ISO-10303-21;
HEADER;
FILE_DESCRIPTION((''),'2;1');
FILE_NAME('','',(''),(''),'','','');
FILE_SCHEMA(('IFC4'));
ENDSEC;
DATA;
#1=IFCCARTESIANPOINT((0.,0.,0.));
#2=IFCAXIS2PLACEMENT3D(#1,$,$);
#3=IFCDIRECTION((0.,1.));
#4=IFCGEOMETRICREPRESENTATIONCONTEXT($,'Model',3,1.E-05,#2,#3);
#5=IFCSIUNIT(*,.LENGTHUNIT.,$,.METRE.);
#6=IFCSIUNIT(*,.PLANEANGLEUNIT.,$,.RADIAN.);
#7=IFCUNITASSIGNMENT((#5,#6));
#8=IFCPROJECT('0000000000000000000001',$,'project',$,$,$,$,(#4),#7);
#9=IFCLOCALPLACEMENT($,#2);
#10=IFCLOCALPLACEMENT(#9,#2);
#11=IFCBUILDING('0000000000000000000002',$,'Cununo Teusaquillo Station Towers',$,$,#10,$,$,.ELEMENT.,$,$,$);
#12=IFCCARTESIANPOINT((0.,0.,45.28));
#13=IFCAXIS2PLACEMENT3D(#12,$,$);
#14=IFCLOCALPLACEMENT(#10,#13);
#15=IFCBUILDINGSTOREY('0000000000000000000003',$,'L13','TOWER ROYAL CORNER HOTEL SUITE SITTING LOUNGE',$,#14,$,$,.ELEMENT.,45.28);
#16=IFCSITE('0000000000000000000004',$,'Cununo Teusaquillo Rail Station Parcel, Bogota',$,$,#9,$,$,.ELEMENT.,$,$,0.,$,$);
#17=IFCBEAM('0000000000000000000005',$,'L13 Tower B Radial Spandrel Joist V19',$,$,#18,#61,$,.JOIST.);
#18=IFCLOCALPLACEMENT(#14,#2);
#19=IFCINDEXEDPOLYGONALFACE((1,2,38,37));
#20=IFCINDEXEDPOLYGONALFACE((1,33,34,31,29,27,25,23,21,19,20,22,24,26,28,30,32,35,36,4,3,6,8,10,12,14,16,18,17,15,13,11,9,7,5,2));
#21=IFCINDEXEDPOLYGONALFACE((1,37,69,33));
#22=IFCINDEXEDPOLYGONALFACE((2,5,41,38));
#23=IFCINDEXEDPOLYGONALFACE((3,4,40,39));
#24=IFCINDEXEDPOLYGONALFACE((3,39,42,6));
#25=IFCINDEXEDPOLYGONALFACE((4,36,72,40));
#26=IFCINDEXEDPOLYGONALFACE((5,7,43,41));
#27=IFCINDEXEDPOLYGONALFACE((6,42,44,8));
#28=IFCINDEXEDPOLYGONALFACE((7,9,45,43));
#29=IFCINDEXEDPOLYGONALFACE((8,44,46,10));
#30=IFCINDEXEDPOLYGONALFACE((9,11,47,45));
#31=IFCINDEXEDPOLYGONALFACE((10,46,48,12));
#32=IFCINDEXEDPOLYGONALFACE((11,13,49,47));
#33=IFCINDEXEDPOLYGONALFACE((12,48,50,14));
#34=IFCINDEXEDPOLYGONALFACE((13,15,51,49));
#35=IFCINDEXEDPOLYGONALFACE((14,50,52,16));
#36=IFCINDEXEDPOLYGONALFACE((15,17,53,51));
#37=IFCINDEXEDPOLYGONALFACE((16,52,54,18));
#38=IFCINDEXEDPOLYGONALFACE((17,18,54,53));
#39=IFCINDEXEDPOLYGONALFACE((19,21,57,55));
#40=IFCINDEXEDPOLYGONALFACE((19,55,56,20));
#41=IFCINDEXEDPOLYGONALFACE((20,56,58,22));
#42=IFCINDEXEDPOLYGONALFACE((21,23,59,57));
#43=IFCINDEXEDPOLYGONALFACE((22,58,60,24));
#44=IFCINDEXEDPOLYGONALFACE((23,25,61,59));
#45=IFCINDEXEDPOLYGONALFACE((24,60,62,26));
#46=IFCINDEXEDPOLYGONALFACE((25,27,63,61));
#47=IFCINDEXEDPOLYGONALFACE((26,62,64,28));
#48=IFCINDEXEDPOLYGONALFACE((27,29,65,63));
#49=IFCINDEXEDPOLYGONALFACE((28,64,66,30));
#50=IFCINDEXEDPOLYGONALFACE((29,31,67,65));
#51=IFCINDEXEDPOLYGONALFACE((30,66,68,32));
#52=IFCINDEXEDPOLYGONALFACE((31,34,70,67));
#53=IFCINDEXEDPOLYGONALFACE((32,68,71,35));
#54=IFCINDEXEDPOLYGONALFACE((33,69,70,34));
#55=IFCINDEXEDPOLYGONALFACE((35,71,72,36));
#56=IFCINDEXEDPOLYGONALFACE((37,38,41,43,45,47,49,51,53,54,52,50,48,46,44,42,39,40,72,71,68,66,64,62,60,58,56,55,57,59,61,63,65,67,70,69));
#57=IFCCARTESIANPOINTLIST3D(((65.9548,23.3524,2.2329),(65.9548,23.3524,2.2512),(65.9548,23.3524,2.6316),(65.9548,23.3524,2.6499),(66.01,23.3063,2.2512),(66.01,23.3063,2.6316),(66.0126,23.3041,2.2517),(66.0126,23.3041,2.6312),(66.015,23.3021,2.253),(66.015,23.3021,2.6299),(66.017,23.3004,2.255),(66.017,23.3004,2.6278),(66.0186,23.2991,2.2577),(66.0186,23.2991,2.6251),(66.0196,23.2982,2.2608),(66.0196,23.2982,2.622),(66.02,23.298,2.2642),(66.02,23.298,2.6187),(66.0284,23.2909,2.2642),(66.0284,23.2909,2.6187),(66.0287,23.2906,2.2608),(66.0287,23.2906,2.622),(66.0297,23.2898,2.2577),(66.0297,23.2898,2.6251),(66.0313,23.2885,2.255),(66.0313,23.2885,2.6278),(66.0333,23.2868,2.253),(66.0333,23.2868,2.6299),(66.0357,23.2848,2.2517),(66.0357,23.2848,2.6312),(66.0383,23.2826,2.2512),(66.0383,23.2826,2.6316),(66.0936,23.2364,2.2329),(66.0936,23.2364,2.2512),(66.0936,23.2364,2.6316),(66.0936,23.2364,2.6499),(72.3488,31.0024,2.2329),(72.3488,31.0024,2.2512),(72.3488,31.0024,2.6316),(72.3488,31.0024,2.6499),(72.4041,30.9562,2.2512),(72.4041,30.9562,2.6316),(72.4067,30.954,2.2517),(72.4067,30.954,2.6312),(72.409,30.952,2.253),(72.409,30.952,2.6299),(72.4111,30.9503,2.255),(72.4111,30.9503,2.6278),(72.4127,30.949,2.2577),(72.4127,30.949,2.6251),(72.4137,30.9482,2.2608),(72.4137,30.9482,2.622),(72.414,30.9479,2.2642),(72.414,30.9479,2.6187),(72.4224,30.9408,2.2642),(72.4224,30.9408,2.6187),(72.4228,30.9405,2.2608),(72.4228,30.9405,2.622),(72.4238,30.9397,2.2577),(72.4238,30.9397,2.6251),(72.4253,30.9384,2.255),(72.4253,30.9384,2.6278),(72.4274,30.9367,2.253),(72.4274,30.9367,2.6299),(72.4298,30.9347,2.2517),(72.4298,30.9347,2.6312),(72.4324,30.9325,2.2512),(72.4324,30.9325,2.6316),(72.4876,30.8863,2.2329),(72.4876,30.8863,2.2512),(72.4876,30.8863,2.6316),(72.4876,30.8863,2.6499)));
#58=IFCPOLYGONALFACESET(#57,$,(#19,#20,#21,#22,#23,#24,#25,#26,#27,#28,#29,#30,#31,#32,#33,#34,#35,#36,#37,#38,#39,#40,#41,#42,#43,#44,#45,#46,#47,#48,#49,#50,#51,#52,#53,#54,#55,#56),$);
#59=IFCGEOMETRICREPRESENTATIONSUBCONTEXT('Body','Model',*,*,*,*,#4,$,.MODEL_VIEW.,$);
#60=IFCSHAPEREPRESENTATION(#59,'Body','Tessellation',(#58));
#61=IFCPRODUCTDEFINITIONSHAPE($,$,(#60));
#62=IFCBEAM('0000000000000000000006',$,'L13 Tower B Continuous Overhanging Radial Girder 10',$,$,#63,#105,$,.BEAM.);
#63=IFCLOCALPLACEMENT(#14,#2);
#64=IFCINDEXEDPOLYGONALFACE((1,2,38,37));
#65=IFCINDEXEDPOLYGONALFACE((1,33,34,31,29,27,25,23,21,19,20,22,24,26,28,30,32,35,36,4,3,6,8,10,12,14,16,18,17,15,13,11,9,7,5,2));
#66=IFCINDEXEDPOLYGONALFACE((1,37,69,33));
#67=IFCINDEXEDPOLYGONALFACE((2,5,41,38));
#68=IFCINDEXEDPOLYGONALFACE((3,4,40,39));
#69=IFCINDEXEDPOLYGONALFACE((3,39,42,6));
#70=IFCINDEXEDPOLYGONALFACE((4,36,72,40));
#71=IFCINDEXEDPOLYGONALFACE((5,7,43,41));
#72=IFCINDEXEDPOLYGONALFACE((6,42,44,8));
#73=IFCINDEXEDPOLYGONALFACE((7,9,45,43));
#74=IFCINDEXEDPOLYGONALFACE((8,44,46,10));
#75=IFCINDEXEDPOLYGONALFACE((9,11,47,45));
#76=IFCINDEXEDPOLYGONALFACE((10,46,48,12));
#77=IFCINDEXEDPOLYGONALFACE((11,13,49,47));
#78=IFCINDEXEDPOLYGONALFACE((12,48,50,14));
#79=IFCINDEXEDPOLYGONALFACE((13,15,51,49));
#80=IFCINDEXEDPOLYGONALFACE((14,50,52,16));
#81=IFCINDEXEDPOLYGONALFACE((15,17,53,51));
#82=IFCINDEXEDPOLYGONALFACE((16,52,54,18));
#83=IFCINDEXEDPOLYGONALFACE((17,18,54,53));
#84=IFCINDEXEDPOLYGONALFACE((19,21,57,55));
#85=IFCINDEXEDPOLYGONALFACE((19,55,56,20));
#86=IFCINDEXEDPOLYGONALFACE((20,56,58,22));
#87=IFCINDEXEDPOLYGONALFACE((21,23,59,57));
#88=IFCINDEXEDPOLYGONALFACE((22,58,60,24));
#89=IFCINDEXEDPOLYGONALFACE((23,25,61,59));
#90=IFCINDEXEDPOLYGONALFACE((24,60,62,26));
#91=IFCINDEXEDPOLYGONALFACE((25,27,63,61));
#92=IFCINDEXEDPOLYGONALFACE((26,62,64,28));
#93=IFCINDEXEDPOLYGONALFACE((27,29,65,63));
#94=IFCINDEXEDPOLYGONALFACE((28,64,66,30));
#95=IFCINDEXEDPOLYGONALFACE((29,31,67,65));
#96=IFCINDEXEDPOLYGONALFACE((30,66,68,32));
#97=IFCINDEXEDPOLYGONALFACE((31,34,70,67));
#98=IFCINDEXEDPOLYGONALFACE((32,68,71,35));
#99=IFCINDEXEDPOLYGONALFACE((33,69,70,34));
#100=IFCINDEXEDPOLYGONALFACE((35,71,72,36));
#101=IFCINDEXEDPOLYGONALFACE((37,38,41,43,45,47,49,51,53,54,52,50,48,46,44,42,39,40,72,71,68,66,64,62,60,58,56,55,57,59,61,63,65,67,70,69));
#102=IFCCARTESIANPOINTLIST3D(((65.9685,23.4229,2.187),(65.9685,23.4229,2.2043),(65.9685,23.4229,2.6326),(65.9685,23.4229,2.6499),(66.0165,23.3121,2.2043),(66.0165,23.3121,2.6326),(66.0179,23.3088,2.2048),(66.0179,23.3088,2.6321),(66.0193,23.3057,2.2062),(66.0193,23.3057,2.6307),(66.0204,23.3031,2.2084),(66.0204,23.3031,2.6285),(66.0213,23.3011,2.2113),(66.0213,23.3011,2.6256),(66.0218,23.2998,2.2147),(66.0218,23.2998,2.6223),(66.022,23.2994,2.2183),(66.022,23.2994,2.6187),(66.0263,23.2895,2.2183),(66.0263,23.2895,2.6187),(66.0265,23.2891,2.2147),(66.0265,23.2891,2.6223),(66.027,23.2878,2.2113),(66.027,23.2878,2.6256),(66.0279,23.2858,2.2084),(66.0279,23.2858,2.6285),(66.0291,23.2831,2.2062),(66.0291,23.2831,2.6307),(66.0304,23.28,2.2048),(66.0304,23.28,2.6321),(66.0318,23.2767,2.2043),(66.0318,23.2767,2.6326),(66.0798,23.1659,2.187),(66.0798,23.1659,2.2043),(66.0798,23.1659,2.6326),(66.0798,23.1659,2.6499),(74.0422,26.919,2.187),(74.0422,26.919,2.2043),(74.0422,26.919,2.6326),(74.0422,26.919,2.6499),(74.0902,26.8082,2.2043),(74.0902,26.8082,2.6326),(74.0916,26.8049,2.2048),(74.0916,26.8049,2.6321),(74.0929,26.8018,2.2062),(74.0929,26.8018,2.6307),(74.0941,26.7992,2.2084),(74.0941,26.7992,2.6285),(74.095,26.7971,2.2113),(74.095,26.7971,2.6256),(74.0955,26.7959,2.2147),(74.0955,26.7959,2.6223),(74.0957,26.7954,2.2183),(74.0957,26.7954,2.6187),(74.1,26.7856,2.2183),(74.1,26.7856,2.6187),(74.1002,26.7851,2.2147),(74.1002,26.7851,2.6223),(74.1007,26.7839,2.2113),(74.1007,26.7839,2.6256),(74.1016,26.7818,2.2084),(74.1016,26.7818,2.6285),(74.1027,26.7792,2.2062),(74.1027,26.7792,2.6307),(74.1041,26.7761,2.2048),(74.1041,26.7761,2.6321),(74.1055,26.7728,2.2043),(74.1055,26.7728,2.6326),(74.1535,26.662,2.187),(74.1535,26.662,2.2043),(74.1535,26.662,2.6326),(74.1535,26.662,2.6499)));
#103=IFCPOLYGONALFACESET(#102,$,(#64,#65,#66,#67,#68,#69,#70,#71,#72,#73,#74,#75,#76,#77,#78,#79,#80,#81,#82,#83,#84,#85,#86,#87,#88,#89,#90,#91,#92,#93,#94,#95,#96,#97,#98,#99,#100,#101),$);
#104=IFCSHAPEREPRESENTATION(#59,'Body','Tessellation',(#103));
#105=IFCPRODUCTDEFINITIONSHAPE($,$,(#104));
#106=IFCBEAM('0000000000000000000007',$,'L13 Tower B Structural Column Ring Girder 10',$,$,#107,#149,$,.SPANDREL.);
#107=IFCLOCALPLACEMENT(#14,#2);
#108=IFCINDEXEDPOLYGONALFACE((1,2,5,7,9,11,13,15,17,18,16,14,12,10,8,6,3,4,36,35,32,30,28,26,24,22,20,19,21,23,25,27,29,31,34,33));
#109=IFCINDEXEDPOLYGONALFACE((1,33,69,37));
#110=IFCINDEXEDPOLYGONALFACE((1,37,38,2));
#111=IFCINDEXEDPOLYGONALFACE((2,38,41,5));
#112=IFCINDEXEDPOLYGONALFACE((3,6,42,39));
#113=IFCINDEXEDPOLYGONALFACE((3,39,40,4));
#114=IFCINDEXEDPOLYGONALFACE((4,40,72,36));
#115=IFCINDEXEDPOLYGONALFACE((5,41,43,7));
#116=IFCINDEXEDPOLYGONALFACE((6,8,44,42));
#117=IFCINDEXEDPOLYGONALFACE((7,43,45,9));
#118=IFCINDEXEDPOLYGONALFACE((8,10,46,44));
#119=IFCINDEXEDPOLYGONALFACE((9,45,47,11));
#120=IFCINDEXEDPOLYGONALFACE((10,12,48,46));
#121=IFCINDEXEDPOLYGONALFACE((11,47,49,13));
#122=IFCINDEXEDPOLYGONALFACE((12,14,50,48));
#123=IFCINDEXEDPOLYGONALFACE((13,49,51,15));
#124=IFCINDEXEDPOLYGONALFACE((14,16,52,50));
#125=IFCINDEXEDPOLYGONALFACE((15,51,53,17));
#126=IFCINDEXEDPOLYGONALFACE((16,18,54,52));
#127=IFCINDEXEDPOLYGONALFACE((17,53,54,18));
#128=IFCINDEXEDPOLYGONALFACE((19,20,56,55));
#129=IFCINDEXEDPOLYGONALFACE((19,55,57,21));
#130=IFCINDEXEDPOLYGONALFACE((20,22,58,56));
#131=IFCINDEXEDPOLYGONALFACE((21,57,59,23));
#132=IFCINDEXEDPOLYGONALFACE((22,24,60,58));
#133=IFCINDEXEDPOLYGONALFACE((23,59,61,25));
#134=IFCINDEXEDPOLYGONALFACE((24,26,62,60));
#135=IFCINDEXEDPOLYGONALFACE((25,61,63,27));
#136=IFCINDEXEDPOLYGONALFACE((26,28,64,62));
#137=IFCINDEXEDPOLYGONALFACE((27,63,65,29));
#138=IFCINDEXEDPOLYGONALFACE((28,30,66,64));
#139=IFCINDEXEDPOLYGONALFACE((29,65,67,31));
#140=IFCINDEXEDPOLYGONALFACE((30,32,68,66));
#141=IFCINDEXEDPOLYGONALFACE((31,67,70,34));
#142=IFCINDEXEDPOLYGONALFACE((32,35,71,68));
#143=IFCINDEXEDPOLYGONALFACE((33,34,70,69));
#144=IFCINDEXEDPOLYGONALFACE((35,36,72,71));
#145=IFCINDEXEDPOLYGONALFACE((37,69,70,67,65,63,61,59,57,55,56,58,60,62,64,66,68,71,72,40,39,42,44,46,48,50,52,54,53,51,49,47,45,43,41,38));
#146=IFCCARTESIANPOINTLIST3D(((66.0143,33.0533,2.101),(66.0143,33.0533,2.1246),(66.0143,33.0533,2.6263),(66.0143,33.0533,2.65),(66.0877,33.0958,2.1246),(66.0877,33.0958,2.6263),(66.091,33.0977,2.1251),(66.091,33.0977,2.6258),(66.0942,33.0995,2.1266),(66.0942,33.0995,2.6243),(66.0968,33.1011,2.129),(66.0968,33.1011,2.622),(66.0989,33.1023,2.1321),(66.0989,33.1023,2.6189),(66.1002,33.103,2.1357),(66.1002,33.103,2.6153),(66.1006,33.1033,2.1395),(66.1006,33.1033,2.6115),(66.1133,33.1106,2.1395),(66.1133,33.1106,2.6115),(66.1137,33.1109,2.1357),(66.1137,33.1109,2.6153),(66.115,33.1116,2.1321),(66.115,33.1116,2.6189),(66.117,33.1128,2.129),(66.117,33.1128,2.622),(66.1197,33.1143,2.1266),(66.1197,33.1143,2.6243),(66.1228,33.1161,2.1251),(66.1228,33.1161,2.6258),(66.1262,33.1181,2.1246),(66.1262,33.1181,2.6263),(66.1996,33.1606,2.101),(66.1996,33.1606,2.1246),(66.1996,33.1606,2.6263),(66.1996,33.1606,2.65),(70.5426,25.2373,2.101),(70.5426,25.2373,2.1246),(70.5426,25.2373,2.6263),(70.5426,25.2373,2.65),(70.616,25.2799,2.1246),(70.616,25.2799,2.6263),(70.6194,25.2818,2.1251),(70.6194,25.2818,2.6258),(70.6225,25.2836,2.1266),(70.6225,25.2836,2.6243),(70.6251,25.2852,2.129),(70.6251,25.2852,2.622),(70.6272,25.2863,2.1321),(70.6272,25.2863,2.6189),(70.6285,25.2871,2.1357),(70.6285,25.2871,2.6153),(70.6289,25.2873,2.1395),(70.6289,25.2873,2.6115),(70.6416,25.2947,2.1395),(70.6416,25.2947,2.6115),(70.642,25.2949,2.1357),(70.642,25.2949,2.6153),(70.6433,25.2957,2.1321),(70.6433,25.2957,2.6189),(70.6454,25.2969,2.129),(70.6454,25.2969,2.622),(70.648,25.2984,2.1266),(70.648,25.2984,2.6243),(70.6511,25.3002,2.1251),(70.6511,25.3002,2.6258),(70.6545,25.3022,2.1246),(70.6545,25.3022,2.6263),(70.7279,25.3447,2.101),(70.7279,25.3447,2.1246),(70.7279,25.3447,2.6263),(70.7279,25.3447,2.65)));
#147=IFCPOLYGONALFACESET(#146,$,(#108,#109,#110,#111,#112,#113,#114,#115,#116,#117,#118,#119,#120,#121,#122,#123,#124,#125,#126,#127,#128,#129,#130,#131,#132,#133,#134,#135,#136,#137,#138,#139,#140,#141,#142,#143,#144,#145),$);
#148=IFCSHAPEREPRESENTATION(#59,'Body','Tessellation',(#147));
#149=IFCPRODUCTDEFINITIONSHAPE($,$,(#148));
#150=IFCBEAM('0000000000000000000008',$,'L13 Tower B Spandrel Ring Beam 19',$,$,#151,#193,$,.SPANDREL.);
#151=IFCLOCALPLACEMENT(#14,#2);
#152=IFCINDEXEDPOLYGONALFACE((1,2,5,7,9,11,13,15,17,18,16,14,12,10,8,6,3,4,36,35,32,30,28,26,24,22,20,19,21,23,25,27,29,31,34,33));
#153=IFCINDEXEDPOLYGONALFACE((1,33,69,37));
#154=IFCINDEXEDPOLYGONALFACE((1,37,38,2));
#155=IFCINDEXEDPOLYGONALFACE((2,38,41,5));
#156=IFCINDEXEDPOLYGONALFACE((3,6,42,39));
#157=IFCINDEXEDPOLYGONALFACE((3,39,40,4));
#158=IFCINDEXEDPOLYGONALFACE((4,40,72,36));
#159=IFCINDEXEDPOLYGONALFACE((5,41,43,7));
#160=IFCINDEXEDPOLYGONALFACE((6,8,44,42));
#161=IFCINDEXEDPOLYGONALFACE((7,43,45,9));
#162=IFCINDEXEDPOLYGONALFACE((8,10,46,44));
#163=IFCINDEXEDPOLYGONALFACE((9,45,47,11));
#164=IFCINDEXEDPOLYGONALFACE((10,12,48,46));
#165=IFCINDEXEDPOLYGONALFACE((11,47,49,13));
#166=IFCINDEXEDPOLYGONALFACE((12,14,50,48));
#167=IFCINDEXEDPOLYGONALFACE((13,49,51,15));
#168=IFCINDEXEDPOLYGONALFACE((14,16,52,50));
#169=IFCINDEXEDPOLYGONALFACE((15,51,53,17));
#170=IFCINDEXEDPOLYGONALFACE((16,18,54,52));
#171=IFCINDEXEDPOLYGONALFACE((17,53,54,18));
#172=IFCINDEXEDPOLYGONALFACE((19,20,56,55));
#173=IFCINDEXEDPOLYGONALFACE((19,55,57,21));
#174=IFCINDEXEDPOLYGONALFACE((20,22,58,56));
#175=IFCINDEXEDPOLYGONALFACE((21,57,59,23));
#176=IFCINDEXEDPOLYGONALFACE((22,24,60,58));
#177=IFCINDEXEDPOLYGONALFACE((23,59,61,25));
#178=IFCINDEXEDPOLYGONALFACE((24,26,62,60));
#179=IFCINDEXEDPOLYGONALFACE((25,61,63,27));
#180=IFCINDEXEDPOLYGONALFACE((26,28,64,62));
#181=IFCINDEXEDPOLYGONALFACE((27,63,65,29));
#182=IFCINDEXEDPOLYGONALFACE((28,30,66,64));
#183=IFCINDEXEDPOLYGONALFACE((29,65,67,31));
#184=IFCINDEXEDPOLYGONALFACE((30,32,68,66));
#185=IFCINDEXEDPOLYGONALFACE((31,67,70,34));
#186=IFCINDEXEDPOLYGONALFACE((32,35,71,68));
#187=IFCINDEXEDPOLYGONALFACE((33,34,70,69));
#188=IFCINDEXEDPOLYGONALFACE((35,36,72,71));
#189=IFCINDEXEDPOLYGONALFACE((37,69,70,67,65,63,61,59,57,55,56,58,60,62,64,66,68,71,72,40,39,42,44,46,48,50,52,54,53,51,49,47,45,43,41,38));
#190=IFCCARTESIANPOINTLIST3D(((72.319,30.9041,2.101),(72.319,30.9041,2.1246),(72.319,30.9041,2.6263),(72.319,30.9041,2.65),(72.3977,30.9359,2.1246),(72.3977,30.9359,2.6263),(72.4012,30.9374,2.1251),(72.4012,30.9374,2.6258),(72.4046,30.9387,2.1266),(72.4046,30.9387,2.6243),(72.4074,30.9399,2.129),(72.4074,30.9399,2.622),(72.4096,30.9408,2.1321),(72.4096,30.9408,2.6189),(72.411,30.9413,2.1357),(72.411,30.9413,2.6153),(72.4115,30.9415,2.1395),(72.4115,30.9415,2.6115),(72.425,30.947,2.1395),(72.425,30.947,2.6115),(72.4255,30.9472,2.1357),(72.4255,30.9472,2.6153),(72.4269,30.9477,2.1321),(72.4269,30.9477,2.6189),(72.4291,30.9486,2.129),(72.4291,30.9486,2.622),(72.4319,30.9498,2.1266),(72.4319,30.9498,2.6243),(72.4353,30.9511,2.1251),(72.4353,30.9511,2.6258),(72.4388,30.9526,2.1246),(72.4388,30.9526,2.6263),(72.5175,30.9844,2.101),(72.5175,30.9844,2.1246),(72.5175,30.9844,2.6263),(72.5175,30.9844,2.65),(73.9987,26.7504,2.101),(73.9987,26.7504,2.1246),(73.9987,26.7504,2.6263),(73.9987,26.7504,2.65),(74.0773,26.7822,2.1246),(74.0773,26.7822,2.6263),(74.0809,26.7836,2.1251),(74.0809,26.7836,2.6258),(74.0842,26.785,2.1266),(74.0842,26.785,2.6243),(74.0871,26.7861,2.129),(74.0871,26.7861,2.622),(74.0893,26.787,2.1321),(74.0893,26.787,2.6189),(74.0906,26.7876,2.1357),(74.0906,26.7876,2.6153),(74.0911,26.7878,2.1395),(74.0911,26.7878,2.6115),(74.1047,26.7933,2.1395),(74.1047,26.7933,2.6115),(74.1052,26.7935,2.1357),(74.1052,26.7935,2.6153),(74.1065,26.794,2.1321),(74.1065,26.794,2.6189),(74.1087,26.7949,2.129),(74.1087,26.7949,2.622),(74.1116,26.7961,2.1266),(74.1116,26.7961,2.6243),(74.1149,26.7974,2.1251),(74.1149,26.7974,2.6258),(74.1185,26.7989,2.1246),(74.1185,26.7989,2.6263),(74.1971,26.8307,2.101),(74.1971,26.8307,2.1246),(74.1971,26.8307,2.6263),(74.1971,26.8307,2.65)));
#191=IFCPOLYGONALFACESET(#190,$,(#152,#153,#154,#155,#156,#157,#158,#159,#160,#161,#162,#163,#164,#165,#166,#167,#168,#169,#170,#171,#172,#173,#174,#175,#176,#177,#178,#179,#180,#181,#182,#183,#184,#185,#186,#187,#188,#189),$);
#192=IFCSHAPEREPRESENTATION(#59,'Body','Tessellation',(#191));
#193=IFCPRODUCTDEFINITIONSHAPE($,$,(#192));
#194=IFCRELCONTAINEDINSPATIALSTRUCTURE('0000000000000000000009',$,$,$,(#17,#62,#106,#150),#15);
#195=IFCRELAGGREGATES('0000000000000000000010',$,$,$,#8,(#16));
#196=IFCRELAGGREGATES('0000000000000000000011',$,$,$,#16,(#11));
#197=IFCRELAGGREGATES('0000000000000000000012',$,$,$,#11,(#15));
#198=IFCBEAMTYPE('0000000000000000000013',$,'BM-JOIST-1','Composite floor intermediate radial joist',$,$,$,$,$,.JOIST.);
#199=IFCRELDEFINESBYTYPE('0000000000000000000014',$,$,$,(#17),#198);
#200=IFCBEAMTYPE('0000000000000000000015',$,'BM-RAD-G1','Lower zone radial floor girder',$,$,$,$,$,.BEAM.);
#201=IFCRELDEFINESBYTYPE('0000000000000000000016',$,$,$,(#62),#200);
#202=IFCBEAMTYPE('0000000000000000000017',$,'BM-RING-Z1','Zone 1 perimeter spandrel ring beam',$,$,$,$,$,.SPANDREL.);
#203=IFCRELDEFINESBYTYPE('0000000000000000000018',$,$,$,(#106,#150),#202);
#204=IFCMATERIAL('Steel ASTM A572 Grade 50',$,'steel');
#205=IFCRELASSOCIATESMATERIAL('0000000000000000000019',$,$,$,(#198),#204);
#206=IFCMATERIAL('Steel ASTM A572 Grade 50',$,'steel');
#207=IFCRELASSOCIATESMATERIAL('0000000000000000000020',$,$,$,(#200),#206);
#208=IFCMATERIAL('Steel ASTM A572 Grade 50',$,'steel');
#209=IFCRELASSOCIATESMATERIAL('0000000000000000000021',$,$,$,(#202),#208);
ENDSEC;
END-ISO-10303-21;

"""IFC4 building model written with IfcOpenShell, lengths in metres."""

from ifc_helpers import new_model, si_unit, direction, frame, origin, origin_2d, place, context, subcontext, project, spatial, i_section, extrude, material, material_profile, profile_set, type_object, element, save


model = new_model("IFC4")

# Units and contexts
model_context = context("Model", 3, precision=1e-05, world=origin(), true_north=direction((0.0, 1.0)))
body_context = subcontext(model_context, "Body", "Model", "MODEL_VIEW")
ifc_project = project(units=[si_unit("LENGTHUNIT", "METRE"), si_unit("PLANEANGLEUNIT", "RADIAN")], contexts=[model_context])

# Site, building, storey
site_placement = place(None, origin())
site = spatial("IfcSite", under=ifc_project, at=site_placement, Name="Cununo Teusaquillo Rail Station Parcel, Bogota", CompositionType="ELEMENT", RefElevation=0.0)
building_placement = place(site_placement, origin())
building = spatial("IfcBuilding", under=site, at=building_placement, Name="Cununo Teusaquillo Station Towers", CompositionType="ELEMENT")
storey_placement = place(building_placement, frame((0.0, 0.0, 45.28)))
storey = spatial("IfcBuildingStorey", under=building, at=storey_placement, Name="L13", Description="TOWER ROYAL CORNER HOTEL SUITE SITTING LOUNGE", CompositionType="ELEMENT", Elevation=45.28)

# Beams
ifc_material_1 = material(Name="Steel ASTM A572 Grade 50", Category="steel")
ifc_material_profile_1 = material_profile(ifc_material_1, i_section(OverallWidth=0.1809, OverallDepth=0.417, WebThickness=0.011, FlangeThickness=0.0183, FilletRadius=0.0129, at=origin_2d()), Name="W16X57")
ifc_profile_set_1 = profile_set([ifc_material_profile_1], Name="Steel ASTM A572 Grade 50")
beam_type_1 = type_object("IfcBeamType", Name="BM-JOIST-1", Description="Composite floor intermediate radial joist", PredefinedType="JOIST", material=ifc_profile_set_1)
beam_1_placement = place(storey_placement, frame((66.0242, 23.2944, 2.4414), z_axis=(0.641316, 0.767277, 0.0), x_axis=(-0.767277, 0.641316, 0.0)))
element("IfcBeam", 1, at=beam_1_placement, inside=storey, type_object=beam_type_1, Name="L13 Tower B Radial Spandrel Joist V19", PredefinedType="JOIST", context=body_context, shape_type="SweptSolid", body=[
    extrude(i_section(OverallWidth=0.1809, OverallDepth=0.417, WebThickness=0.011, FlangeThickness=0.0183, FilletRadius=0.0129, at=origin_2d()), origin(), (0.0, 0.0, 1.0), 9.9702),
])
ifc_material_2 = material(Name="Steel ASTM A572 Grade 50", Category="steel")
ifc_material_profile_2 = material_profile(ifc_material_2, i_section(OverallWidth=0.28, OverallDepth=0.4629, WebThickness=0.0107, FlangeThickness=0.0173, FilletRadius=0.0139, at=origin_2d()), Name="W18X76")
ifc_profile_set_2 = profile_set([ifc_material_profile_2], Name="Steel ASTM A572 Grade 50")
beam_type_2 = type_object("IfcBeamType", Name="BM-RAD-G1", Description="Lower zone radial floor girder", PredefinedType="BEAM", material=ifc_profile_set_2)
beam_2_placement = place(storey_placement, frame((66.0242, 23.2944, 2.4185), z_axis=(0.91766, 0.397366, 0.0), x_axis=(-0.397366, 0.91766, 0.0)))
element("IfcBeam", 2, at=beam_2_placement, inside=storey, type_object=beam_type_2, Name="L13 Tower B Continuous Overhanging Radial Girder 10", PredefinedType="BEAM", context=body_context, shape_type="SweptSolid", body=[
    extrude(i_section(OverallWidth=0.28, OverallDepth=0.4629, WebThickness=0.0107, FlangeThickness=0.0173, FilletRadius=0.0139, at=origin_2d()), origin(), (0.0, 0.0, 1.0), 8.7981),
])
ifc_material_3 = material(Name="Steel ASTM A572 Grade 50", Category="steel")
ifc_material_profile_3 = material_profile(ifc_material_3, i_section(OverallWidth=0.2141, OverallDepth=0.5491, WebThickness=0.0146, FlangeThickness=0.0237, FilletRadius=0.0149, at=origin_2d()), Name="W21X93")
ifc_profile_set_3 = profile_set([ifc_material_profile_3], Name="Steel ASTM A572 Grade 50")
beam_type_3 = type_object("IfcBeamType", Name="BM-RING-Z1", Description="Zone 1 perimeter spandrel ring beam", PredefinedType="SPANDREL", material=ifc_profile_set_3)
beam_3_placement = place(storey_placement, frame((70.6353, 25.291, 2.3755), z_axis=(-0.501311, 0.865267, 0.0), x_axis=(-0.865267, -0.501311, 0.0)))
element("IfcBeam", 3, at=beam_3_placement, inside=storey, type_object=beam_type_3, Name="L13 Tower B Structural Column Ring Girder 10", PredefinedType="SPANDREL", context=body_context, shape_type="SweptSolid", body=[
    extrude(i_section(OverallWidth=0.2141, OverallDepth=0.5491, WebThickness=0.0146, FlangeThickness=0.0237, FilletRadius=0.0149, at=origin_2d()), origin(), (0.0, 0.0, 1.0), 9.033),
])
beam_4_placement = place(storey_placement, frame((74.0979, 26.7905, 2.3755), z_axis=(-0.374883, 0.927072, 0.0), x_axis=(-0.927072, -0.374883, 0.0)))
element("IfcBeam", 4, at=beam_4_placement, inside=storey, type_object=beam_type_3, Name="L13 Tower B Spandrel Ring Beam 19", PredefinedType="SPANDREL", context=body_context, shape_type="SweptSolid", body=[
    extrude(i_section(OverallWidth=0.2141, OverallDepth=0.5491, WebThickness=0.0146, FlangeThickness=0.0237, FilletRadius=0.0149, at=origin_2d()), origin(), (0.0, 0.0, 1.0), 4.4805),
])

save(model, "model.ifc")
